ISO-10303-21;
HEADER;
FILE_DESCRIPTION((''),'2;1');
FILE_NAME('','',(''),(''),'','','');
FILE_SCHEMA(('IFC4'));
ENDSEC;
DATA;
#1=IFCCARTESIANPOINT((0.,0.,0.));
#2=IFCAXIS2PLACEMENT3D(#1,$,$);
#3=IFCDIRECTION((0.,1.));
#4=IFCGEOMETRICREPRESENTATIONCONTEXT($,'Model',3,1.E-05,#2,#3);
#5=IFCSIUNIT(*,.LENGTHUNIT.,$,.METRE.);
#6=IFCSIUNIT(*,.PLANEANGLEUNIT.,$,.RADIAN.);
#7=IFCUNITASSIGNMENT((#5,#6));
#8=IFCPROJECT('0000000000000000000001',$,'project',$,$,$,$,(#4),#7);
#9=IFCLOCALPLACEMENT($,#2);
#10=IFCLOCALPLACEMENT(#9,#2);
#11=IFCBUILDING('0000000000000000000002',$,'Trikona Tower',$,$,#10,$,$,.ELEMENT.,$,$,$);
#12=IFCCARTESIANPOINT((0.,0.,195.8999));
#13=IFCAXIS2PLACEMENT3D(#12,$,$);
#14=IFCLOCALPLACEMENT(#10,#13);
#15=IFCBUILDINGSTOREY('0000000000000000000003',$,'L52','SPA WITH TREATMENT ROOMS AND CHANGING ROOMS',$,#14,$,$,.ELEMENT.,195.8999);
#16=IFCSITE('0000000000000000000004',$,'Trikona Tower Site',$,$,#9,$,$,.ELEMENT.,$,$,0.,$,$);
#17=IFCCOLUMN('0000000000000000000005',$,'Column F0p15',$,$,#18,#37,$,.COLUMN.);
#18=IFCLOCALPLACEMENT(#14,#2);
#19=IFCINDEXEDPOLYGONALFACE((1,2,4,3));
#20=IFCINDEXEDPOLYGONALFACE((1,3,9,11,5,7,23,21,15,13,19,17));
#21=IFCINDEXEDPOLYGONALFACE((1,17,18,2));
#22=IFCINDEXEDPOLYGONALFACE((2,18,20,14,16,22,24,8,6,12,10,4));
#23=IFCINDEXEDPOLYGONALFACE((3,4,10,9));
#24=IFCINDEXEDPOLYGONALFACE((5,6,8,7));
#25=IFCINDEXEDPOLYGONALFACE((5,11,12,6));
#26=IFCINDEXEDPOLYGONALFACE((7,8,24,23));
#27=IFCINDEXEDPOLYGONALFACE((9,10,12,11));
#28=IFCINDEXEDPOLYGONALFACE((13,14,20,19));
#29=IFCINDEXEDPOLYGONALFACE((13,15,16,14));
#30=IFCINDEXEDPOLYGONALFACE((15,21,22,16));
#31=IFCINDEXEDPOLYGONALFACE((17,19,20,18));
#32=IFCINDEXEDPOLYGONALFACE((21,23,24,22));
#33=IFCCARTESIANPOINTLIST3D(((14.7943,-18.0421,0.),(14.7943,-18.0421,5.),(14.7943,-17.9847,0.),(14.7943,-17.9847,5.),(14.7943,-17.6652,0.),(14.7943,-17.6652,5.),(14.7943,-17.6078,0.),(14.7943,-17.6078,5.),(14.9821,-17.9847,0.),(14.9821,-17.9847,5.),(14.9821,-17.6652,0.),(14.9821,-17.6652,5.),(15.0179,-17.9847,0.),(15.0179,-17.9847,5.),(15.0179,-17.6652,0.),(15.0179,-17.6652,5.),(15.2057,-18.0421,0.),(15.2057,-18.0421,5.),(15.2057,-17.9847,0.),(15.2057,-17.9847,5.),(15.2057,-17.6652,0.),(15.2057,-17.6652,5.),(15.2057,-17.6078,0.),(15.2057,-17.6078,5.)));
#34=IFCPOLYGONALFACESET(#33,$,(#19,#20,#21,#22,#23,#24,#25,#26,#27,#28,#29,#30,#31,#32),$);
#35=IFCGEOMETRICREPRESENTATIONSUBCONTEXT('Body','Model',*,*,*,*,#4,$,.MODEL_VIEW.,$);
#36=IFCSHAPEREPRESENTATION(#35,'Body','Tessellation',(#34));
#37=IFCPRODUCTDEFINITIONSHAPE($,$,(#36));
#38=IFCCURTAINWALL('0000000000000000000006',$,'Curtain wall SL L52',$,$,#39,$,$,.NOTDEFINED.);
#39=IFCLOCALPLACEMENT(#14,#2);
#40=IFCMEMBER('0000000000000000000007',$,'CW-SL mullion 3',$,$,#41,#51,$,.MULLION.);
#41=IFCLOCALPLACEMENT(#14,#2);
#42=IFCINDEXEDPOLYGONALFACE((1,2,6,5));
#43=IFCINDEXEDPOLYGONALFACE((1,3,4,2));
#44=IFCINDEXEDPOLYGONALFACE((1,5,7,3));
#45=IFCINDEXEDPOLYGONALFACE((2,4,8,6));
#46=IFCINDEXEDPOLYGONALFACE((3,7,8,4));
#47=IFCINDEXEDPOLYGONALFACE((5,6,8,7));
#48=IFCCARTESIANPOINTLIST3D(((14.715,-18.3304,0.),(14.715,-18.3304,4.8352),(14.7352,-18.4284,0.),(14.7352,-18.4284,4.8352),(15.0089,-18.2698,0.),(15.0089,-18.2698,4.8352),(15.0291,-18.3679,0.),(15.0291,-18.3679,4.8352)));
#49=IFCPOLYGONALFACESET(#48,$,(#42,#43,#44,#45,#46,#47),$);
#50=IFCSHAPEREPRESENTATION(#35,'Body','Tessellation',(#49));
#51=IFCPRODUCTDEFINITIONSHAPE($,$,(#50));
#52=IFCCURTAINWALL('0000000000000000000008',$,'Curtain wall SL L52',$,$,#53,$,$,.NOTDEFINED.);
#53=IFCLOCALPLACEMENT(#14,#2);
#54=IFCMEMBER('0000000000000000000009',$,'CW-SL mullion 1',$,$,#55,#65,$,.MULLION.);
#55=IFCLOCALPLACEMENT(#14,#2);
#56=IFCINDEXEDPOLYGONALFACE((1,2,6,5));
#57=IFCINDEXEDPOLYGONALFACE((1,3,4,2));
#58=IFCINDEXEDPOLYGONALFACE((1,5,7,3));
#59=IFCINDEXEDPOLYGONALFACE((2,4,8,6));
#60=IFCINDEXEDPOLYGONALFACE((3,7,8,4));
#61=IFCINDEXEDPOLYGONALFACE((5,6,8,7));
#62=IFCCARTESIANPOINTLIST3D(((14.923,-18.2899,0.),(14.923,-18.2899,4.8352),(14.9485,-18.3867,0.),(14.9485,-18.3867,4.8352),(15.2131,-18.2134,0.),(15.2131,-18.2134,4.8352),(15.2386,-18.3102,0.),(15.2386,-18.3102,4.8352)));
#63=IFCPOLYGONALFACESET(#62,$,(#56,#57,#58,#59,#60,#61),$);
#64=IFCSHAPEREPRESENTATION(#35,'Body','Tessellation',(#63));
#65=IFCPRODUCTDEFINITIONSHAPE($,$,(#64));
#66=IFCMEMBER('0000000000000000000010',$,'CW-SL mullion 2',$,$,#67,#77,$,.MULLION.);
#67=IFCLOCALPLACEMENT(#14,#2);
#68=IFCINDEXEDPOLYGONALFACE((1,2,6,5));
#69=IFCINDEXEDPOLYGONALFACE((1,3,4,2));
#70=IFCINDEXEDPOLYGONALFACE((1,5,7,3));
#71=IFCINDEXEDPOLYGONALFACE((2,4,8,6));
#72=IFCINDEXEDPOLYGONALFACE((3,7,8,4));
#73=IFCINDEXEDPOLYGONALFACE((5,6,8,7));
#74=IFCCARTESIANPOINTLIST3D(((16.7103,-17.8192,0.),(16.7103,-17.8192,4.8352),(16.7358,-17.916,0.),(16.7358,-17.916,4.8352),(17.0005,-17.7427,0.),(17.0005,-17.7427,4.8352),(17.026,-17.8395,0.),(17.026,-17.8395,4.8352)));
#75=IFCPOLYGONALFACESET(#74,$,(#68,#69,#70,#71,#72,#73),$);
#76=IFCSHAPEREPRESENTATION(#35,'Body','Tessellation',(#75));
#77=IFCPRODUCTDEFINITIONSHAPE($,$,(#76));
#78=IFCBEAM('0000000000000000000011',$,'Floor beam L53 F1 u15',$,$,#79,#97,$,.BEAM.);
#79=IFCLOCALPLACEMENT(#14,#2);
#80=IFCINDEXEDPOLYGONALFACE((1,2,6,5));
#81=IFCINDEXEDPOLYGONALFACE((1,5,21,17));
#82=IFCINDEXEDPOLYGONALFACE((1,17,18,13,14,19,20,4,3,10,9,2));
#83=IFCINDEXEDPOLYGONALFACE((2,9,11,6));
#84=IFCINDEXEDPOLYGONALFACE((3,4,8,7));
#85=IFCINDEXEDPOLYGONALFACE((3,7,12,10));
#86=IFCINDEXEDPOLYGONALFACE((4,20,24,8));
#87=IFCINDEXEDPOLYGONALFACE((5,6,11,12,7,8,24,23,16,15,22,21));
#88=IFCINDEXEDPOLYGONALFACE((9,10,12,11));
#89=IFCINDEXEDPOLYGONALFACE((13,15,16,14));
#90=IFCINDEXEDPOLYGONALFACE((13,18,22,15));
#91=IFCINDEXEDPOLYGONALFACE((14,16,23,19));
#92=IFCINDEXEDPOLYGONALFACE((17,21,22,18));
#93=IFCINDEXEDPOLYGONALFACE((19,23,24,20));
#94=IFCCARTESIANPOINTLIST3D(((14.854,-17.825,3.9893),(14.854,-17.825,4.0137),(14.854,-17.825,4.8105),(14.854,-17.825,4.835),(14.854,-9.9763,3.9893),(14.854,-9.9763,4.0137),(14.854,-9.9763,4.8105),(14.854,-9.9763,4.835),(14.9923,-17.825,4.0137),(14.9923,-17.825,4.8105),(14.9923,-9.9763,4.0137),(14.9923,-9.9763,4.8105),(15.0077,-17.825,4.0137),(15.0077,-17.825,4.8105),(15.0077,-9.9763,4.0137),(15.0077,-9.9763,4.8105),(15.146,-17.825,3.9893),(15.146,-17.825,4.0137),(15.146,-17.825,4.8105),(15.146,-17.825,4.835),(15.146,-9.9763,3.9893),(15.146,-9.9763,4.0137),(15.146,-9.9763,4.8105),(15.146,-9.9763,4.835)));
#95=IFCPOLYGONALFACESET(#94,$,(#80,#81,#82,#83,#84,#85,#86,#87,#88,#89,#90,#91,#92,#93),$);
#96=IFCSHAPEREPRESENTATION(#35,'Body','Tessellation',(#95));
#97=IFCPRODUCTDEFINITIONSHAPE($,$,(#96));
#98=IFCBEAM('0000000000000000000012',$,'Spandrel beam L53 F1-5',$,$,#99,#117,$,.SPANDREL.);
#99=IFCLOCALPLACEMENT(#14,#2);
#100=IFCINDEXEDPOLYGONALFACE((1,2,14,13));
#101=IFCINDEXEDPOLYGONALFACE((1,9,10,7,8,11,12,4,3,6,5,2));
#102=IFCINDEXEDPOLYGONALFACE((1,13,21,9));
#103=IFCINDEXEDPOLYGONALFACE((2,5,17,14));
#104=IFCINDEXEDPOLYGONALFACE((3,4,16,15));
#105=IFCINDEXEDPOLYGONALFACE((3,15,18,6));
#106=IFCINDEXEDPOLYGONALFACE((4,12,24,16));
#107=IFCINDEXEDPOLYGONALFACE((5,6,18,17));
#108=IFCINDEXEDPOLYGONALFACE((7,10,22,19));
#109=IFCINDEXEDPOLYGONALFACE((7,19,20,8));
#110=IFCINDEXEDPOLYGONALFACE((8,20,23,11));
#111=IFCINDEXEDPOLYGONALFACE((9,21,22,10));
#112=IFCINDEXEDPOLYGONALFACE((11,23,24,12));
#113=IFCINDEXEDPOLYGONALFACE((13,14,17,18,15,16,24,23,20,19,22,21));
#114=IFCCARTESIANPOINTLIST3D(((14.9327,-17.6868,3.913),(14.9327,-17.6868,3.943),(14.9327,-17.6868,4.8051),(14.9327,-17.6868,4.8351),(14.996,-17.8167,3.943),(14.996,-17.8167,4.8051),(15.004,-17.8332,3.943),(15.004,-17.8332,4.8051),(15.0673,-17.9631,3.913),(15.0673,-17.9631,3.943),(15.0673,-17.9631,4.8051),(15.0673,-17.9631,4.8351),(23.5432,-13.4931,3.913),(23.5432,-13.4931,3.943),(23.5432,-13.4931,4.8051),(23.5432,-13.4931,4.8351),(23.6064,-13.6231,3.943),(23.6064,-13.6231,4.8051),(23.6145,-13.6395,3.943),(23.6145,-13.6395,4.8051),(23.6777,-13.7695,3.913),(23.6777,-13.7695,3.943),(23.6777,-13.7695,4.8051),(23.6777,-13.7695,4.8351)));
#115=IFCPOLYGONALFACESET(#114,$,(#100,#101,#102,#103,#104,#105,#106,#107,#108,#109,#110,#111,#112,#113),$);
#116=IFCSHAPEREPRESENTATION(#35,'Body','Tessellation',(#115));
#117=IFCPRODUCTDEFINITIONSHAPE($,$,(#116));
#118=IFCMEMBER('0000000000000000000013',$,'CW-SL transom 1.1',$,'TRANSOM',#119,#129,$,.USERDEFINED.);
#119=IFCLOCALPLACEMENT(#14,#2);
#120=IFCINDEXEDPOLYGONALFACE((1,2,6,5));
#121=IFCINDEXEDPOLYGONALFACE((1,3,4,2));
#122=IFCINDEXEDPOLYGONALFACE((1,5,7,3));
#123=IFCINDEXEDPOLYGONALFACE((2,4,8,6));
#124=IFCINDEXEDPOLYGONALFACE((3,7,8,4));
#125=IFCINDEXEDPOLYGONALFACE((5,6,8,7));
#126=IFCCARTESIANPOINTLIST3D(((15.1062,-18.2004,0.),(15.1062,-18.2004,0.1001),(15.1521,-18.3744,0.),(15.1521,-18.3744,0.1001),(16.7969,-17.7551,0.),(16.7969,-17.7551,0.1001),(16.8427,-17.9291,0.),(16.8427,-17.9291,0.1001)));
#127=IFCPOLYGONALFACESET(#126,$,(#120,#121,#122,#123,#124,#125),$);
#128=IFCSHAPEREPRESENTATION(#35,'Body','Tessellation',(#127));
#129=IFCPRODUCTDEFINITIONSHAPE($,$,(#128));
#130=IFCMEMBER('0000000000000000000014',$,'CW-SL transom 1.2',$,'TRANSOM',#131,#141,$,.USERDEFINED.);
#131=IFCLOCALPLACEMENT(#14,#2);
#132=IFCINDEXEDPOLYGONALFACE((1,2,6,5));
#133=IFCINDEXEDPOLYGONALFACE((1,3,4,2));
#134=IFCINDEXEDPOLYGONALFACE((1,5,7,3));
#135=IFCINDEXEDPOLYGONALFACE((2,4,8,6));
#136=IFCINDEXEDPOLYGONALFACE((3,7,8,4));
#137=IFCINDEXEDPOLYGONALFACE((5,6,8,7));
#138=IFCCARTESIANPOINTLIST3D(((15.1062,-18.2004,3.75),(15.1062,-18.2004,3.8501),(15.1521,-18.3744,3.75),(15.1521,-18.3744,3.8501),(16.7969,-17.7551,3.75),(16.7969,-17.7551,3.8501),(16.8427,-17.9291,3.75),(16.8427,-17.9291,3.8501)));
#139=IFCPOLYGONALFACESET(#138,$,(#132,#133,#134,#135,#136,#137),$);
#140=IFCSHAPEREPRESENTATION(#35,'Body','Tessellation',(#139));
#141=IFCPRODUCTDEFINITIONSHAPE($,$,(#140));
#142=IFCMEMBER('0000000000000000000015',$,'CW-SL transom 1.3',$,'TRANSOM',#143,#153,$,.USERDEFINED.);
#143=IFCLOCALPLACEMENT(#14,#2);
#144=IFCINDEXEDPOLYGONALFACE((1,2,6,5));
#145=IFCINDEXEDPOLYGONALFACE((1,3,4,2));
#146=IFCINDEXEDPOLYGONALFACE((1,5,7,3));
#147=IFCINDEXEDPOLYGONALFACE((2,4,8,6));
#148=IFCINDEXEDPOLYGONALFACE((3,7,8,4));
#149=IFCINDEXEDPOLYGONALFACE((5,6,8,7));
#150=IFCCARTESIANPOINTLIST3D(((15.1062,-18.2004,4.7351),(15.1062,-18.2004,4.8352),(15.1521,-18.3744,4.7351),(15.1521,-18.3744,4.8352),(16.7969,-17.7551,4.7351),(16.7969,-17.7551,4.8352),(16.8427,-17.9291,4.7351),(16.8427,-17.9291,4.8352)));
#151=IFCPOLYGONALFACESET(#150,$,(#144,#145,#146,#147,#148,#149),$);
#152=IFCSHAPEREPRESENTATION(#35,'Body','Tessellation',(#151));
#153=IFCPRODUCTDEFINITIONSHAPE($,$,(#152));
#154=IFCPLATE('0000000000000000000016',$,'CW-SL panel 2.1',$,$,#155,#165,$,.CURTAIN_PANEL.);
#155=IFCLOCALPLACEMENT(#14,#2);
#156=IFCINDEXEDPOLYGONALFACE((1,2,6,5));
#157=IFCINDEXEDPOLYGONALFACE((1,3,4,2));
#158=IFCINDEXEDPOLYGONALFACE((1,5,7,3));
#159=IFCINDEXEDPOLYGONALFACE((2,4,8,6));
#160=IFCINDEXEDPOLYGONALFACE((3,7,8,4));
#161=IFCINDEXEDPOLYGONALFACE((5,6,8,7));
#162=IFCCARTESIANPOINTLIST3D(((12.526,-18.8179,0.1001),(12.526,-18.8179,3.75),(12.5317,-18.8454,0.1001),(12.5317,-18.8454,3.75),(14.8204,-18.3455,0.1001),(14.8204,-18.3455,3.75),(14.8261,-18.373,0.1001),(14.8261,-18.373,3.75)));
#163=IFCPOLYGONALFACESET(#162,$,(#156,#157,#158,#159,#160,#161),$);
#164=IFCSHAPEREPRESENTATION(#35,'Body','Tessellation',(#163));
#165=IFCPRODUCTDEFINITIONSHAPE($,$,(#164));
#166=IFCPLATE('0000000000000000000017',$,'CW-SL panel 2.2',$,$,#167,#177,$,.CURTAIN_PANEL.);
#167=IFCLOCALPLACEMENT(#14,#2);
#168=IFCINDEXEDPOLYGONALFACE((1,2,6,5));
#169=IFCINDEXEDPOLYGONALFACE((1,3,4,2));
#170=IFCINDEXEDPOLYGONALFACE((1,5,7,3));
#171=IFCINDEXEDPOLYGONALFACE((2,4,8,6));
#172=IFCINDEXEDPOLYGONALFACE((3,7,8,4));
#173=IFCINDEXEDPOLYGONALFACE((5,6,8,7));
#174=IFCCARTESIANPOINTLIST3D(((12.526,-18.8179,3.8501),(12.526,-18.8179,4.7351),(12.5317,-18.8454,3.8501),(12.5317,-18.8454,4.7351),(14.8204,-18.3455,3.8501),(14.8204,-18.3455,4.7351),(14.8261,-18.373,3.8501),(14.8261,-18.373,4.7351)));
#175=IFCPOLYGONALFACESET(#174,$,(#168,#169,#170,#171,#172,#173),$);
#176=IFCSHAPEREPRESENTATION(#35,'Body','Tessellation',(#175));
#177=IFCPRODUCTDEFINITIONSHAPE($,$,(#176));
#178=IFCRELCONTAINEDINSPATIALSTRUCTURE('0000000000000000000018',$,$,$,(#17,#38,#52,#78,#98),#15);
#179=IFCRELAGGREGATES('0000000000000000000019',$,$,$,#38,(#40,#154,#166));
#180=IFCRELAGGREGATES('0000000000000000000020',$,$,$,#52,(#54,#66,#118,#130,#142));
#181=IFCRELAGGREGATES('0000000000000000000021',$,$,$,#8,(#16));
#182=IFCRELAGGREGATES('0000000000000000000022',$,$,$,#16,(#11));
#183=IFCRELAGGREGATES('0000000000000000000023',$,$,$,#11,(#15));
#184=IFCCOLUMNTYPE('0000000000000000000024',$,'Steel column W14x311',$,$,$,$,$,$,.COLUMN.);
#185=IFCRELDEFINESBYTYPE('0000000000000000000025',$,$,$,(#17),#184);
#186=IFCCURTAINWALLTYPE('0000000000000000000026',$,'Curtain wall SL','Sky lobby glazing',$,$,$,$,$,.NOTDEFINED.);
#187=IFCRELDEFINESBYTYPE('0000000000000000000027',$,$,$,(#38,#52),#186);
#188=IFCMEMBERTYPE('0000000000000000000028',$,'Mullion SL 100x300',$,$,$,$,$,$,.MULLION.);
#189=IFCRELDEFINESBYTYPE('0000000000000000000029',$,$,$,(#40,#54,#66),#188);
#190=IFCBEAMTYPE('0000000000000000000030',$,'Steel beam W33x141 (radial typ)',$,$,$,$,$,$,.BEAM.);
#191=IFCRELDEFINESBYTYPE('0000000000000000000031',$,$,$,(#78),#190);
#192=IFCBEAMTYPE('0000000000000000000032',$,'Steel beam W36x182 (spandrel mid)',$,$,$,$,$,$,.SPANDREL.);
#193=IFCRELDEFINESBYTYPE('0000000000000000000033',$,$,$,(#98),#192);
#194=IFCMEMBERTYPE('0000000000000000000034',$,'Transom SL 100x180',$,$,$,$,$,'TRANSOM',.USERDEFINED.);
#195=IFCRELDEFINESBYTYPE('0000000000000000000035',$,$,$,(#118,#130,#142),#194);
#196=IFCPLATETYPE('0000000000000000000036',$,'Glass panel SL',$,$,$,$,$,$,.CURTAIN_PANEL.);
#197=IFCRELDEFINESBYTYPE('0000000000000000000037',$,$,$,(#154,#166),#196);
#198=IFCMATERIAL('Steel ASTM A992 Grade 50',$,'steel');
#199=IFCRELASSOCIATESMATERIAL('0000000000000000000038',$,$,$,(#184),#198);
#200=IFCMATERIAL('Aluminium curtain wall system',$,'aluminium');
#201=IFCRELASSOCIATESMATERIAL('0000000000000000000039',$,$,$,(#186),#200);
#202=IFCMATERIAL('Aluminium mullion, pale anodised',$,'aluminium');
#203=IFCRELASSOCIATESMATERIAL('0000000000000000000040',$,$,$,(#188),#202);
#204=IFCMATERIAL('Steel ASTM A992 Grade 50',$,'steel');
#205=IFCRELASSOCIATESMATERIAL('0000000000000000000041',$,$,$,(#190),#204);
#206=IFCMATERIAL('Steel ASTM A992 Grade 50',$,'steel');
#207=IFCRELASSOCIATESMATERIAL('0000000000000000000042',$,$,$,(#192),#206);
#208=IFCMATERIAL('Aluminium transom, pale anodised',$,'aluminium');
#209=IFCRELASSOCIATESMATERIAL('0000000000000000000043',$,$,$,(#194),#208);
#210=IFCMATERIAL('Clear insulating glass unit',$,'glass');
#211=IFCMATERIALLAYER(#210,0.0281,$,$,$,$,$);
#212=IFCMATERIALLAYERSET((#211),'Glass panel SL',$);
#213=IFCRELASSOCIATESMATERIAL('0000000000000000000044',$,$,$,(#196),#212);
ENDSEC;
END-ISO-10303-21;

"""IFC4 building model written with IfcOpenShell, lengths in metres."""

from ifc_helpers import new_model, si_unit, direction, frame, origin, origin_2d, place, context, subcontext, project, spatial, rectangle, i_section, extrude, material, layer, layer_set, material_profile, profile_set, type_object, element, aggregate, save


model = new_model("IFC4")

# Units and contexts
model_context = context("Model", 3, precision=1e-05, world=origin(), true_north=direction((0.0, 1.0)))
body_context = subcontext(model_context, "Body", "Model", "MODEL_VIEW")
ifc_project = project(units=[si_unit("LENGTHUNIT", "METRE"), si_unit("PLANEANGLEUNIT", "RADIAN")], contexts=[model_context])

# Site, building, storey
site_placement = place(None, origin())
site = spatial("IfcSite", under=ifc_project, at=site_placement, Name="Trikona Tower Site", CompositionType="ELEMENT", RefElevation=0.0)
building_placement = place(site_placement, origin())
building = spatial("IfcBuilding", under=site, at=building_placement, Name="Trikona Tower", CompositionType="ELEMENT")
storey_placement = place(building_placement, frame((0.0, 0.0, 195.8999)))
storey = spatial("IfcBuildingStorey", under=building, at=storey_placement, Name="L52", Description="SPA WITH TREATMENT ROOMS AND CHANGING ROOMS", CompositionType="ELEMENT", Elevation=195.8999)

# Column
ifc_material_1 = material(Name="Steel ASTM A992 Grade 50", Category="steel")
ifc_material_profile_1 = material_profile(ifc_material_1, i_section(OverallWidth=0.4114, OverallDepth=0.4343, WebThickness=0.0359, FlangeThickness=0.0574, at=origin_2d()), Name="W14X311")
ifc_profile_set_1 = profile_set([ifc_material_profile_1], Name="Steel ASTM A992 Grade 50")
column_type = type_object("IfcColumnType", Name="Steel column W14x311", PredefinedType="COLUMN", material=ifc_profile_set_1)
column_placement = place(storey_placement, frame((15.0, -17.825, 0.0), z_axis=(0.0, 0.0, 1.0), x_axis=(1.0, 0.0, 0.0)))
element("IfcColumn", 1, at=column_placement, inside=storey, type_object=column_type, Name="Column F0p15", PredefinedType="COLUMN", context=body_context, shape_type="SweptSolid", body=[
    extrude(i_section(OverallWidth=0.4114, OverallDepth=0.4343, WebThickness=0.0359, FlangeThickness=0.0574, at=origin_2d()), origin(), (0.0, 0.0, 1.0), 5.0),
])

# Curtain wall, member
ifc_material_2 = material(Name="Aluminium curtain wall system", Category="aluminium")
curtain_wall_type = type_object("IfcCurtainWallType", Name="Curtain wall SL", Description="Sky lobby glazing", PredefinedType="NOTDEFINED", material=ifc_material_2)
curtain_wall_1_placement = place(storey_placement, origin())
curtain_wall_1 = element("IfcCurtainWall", 2, at=curtain_wall_1_placement, inside=storey, type_object=curtain_wall_type, Name="Curtain wall SL L52", PredefinedType="NOTDEFINED")
ifc_material_3 = material(Name="Aluminium mullion, pale anodised", Category="aluminium")
ifc_material_profile_2 = material_profile(ifc_material_3, rectangle(XDim=0.1001, YDim=0.3, at=origin_2d()), Name="MUL-SL")
ifc_profile_set_2 = profile_set([ifc_material_profile_2], Name="Aluminium mullion, pale anodised")
member_type_1 = type_object("IfcMemberType", Name="Mullion SL 100x300", PredefinedType="MULLION", material=ifc_profile_set_2)
member_1_placement = place(storey_placement, frame((14.8721, -18.3491, 0.0), z_axis=(0.0, 0.0, 1.0), x_axis=(-0.201649, 0.979458, 0.0)))
member_1 = element("IfcMember", 3, at=member_1_placement, type_object=member_type_1, Name="CW-SL mullion 3", PredefinedType="MULLION", context=body_context, shape_type="SweptSolid", body=[
    extrude(rectangle(XDim=0.1001, YDim=0.3, at=origin_2d()), origin(), (0.0, 0.0, 1.0), 4.8352),
])

# Curtain wall, members
curtain_wall_2_placement = place(storey_placement, origin())
curtain_wall_2 = element("IfcCurtainWall", 4, at=curtain_wall_2_placement, inside=storey, type_object=curtain_wall_type, Name="Curtain wall SL L52", PredefinedType="NOTDEFINED")
member_2_placement = place(storey_placement, frame((15.0808, -18.3, 0.0), z_axis=(0.0, 0.0, 1.0), x_axis=(-0.254786, 0.966997, 0.0)))
member_2 = element("IfcMember", 5, at=member_2_placement, type_object=member_type_1, Name="CW-SL mullion 1", PredefinedType="MULLION", context=body_context, shape_type="SweptSolid", body=[
    extrude(rectangle(XDim=0.1001, YDim=0.3, at=origin_2d()), origin(), (0.0, 0.0, 1.0), 4.8352),
])
member_3_placement = place(storey_placement, frame((16.8682, -17.8293, 0.0), z_axis=(0.0, 0.0, 1.0), x_axis=(-0.254786, 0.966997, 0.0)))
member_3 = element("IfcMember", 6, at=member_3_placement, type_object=member_type_1, Name="CW-SL mullion 2", PredefinedType="MULLION", context=body_context, shape_type="SweptSolid", body=[
    extrude(rectangle(XDim=0.1001, YDim=0.3, at=origin_2d()), origin(), (0.0, 0.0, 1.0), 4.8352),
])

# Beams
ifc_material_4 = material(Name="Steel ASTM A992 Grade 50", Category="steel")
ifc_material_profile_3 = material_profile(ifc_material_4, i_section(OverallWidth=0.292, OverallDepth=0.8457, WebThickness=0.0154, FlangeThickness=0.0244, at=origin_2d()), Name="W33X141")
ifc_profile_set_3 = profile_set([ifc_material_profile_3], Name="Steel ASTM A992 Grade 50")
beam_type_1 = type_object("IfcBeamType", Name="Steel beam W33x141 (radial typ)", PredefinedType="BEAM", material=ifc_profile_set_3)
beam_1_placement = place(storey_placement, frame((15.0, -9.9763, 4.4121), z_axis=(0.0, -1.0, 0.0), x_axis=(1.0, 0.0, 0.0)))
element("IfcBeam", 7, at=beam_1_placement, inside=storey, type_object=beam_type_1, Name="Floor beam L53 F1 u15", PredefinedType="BEAM", context=body_context, shape_type="SweptSolid", body=[
    extrude(i_section(OverallWidth=0.292, OverallDepth=0.8457, WebThickness=0.0154, FlangeThickness=0.0244, at=origin_2d()), origin(), (0.0, 0.0, 1.0), 7.8486),
])
ifc_material_5 = material(Name="Steel ASTM A992 Grade 50", Category="steel")
ifc_material_profile_4 = material_profile(ifc_material_5, i_section(OverallWidth=0.3074, OverallDepth=0.9221, WebThickness=0.0183, FlangeThickness=0.03, at=origin_2d()), Name="W36X182")
ifc_profile_set_4 = profile_set([ifc_material_profile_4], Name="Steel ASTM A992 Grade 50")
beam_type_2 = type_object("IfcBeamType", Name="Steel beam W36x182 (spandrel mid)", PredefinedType="SPANDREL", material=ifc_profile_set_4)
beam_2_placement = place(storey_placement, frame((15.0, -17.825, 4.374), z_axis=(0.899039, 0.43787, 0.0), x_axis=(-0.43787, 0.899039, 0.0)))
element("IfcBeam", 8, at=beam_2_placement, inside=storey, type_object=beam_type_2, Name="Spandrel beam L53 F1-5", PredefinedType="SPANDREL", context=body_context, shape_type="SweptSolid", body=[
    extrude(i_section(OverallWidth=0.3074, OverallDepth=0.9221, WebThickness=0.0183, FlangeThickness=0.03, at=origin_2d()), origin(), (0.0, 0.0, 1.0), 9.5774),
])

# Members
ifc_material_6 = material(Name="Aluminium transom, pale anodised", Category="aluminium")
ifc_material_profile_5 = material_profile(ifc_material_6, rectangle(XDim=0.1799, YDim=0.1001, at=origin_2d()), Name="TRN-SL")
ifc_profile_set_5 = profile_set([ifc_material_profile_5], Name="Aluminium transom, pale anodised")
member_type_2 = type_object("IfcMemberType", Name="Transom SL 100x180", ElementType="TRANSOM", PredefinedType="USERDEFINED", material=ifc_profile_set_5)
member_4_placement = place(storey_placement, frame((15.1292, -18.2874, 0.05), z_axis=(0.967018, 0.254706, 0.0), x_axis=(-0.254706, 0.967018, 0.0)))
member_4 = element("IfcMember", 9, at=member_4_placement, type_object=member_type_2, Name="CW-SL transom 1.1", ObjectType="TRANSOM", PredefinedType="USERDEFINED", context=body_context, shape_type="SweptSolid", body=[
    extrude(rectangle(XDim=0.1799, YDim=0.1001, at=origin_2d()), origin(), (0.0, 0.0, 1.0), 1.7483),
])
member_5_placement = place(storey_placement, frame((15.1292, -18.2874, 3.8), z_axis=(0.967018, 0.254706, 0.0), x_axis=(-0.254706, 0.967018, 0.0)))
member_5 = element("IfcMember", 10, at=member_5_placement, type_object=member_type_2, Name="CW-SL transom 1.2", ObjectType="TRANSOM", PredefinedType="USERDEFINED", context=body_context, shape_type="SweptSolid", body=[
    extrude(rectangle(XDim=0.1799, YDim=0.1001, at=origin_2d()), origin(), (0.0, 0.0, 1.0), 1.7483),
])
member_6_placement = place(storey_placement, frame((15.1292, -18.2874, 4.7852), z_axis=(0.967018, 0.254706, 0.0), x_axis=(-0.254706, 0.967018, 0.0)))
member_6 = element("IfcMember", 11, at=member_6_placement, type_object=member_type_2, Name="CW-SL transom 1.3", ObjectType="TRANSOM", PredefinedType="USERDEFINED", context=body_context, shape_type="SweptSolid", body=[
    extrude(rectangle(XDim=0.1799, YDim=0.1001, at=origin_2d()), origin(), (0.0, 0.0, 1.0), 1.7483),
])

# Plates
ifc_material_7 = material(Name="Clear insulating glass unit", Category="glass")
ifc_layer = layer(ifc_material_7, 0.0281)
ifc_layer_set = layer_set([ifc_layer], Name="Glass panel SL")
plate_type = type_object("IfcPlateType", Name="Glass panel SL", PredefinedType="CURTAIN_PANEL", material=ifc_layer_set)
plate_1_placement = place(storey_placement, frame((13.676, -18.5955, 0.1001), z_axis=(0.0, 0.0, 1.0), x_axis=(0.979458, 0.201649, 0.0)))
plate_1 = element("IfcPlate", 12, at=plate_1_placement, type_object=plate_type, Name="CW-SL panel 2.1", PredefinedType="CURTAIN_PANEL", context=body_context, shape_type="SweptSolid", body=[
    extrude(rectangle(XDim=2.3425, YDim=0.0281, at=origin_2d()), origin(), (0.0, 0.0, 1.0), 3.6499),
])
plate_2_placement = place(storey_placement, frame((13.676, -18.5955, 3.8501), z_axis=(0.0, 0.0, 1.0), x_axis=(0.979458, 0.201649, 0.0)))
plate_2 = element("IfcPlate", 13, at=plate_2_placement, type_object=plate_type, Name="CW-SL panel 2.2", PredefinedType="CURTAIN_PANEL", context=body_context, shape_type="SweptSolid", body=[
    extrude(rectangle(XDim=2.3425, YDim=0.0281, at=origin_2d()), origin(), (0.0, 0.0, 1.0), 0.885),
])
aggregate(curtain_wall_1, [member_1, plate_1, plate_2])
aggregate(curtain_wall_2, [member_2, member_3, member_4, member_5, member_6])

save(model, "model.ifc")
